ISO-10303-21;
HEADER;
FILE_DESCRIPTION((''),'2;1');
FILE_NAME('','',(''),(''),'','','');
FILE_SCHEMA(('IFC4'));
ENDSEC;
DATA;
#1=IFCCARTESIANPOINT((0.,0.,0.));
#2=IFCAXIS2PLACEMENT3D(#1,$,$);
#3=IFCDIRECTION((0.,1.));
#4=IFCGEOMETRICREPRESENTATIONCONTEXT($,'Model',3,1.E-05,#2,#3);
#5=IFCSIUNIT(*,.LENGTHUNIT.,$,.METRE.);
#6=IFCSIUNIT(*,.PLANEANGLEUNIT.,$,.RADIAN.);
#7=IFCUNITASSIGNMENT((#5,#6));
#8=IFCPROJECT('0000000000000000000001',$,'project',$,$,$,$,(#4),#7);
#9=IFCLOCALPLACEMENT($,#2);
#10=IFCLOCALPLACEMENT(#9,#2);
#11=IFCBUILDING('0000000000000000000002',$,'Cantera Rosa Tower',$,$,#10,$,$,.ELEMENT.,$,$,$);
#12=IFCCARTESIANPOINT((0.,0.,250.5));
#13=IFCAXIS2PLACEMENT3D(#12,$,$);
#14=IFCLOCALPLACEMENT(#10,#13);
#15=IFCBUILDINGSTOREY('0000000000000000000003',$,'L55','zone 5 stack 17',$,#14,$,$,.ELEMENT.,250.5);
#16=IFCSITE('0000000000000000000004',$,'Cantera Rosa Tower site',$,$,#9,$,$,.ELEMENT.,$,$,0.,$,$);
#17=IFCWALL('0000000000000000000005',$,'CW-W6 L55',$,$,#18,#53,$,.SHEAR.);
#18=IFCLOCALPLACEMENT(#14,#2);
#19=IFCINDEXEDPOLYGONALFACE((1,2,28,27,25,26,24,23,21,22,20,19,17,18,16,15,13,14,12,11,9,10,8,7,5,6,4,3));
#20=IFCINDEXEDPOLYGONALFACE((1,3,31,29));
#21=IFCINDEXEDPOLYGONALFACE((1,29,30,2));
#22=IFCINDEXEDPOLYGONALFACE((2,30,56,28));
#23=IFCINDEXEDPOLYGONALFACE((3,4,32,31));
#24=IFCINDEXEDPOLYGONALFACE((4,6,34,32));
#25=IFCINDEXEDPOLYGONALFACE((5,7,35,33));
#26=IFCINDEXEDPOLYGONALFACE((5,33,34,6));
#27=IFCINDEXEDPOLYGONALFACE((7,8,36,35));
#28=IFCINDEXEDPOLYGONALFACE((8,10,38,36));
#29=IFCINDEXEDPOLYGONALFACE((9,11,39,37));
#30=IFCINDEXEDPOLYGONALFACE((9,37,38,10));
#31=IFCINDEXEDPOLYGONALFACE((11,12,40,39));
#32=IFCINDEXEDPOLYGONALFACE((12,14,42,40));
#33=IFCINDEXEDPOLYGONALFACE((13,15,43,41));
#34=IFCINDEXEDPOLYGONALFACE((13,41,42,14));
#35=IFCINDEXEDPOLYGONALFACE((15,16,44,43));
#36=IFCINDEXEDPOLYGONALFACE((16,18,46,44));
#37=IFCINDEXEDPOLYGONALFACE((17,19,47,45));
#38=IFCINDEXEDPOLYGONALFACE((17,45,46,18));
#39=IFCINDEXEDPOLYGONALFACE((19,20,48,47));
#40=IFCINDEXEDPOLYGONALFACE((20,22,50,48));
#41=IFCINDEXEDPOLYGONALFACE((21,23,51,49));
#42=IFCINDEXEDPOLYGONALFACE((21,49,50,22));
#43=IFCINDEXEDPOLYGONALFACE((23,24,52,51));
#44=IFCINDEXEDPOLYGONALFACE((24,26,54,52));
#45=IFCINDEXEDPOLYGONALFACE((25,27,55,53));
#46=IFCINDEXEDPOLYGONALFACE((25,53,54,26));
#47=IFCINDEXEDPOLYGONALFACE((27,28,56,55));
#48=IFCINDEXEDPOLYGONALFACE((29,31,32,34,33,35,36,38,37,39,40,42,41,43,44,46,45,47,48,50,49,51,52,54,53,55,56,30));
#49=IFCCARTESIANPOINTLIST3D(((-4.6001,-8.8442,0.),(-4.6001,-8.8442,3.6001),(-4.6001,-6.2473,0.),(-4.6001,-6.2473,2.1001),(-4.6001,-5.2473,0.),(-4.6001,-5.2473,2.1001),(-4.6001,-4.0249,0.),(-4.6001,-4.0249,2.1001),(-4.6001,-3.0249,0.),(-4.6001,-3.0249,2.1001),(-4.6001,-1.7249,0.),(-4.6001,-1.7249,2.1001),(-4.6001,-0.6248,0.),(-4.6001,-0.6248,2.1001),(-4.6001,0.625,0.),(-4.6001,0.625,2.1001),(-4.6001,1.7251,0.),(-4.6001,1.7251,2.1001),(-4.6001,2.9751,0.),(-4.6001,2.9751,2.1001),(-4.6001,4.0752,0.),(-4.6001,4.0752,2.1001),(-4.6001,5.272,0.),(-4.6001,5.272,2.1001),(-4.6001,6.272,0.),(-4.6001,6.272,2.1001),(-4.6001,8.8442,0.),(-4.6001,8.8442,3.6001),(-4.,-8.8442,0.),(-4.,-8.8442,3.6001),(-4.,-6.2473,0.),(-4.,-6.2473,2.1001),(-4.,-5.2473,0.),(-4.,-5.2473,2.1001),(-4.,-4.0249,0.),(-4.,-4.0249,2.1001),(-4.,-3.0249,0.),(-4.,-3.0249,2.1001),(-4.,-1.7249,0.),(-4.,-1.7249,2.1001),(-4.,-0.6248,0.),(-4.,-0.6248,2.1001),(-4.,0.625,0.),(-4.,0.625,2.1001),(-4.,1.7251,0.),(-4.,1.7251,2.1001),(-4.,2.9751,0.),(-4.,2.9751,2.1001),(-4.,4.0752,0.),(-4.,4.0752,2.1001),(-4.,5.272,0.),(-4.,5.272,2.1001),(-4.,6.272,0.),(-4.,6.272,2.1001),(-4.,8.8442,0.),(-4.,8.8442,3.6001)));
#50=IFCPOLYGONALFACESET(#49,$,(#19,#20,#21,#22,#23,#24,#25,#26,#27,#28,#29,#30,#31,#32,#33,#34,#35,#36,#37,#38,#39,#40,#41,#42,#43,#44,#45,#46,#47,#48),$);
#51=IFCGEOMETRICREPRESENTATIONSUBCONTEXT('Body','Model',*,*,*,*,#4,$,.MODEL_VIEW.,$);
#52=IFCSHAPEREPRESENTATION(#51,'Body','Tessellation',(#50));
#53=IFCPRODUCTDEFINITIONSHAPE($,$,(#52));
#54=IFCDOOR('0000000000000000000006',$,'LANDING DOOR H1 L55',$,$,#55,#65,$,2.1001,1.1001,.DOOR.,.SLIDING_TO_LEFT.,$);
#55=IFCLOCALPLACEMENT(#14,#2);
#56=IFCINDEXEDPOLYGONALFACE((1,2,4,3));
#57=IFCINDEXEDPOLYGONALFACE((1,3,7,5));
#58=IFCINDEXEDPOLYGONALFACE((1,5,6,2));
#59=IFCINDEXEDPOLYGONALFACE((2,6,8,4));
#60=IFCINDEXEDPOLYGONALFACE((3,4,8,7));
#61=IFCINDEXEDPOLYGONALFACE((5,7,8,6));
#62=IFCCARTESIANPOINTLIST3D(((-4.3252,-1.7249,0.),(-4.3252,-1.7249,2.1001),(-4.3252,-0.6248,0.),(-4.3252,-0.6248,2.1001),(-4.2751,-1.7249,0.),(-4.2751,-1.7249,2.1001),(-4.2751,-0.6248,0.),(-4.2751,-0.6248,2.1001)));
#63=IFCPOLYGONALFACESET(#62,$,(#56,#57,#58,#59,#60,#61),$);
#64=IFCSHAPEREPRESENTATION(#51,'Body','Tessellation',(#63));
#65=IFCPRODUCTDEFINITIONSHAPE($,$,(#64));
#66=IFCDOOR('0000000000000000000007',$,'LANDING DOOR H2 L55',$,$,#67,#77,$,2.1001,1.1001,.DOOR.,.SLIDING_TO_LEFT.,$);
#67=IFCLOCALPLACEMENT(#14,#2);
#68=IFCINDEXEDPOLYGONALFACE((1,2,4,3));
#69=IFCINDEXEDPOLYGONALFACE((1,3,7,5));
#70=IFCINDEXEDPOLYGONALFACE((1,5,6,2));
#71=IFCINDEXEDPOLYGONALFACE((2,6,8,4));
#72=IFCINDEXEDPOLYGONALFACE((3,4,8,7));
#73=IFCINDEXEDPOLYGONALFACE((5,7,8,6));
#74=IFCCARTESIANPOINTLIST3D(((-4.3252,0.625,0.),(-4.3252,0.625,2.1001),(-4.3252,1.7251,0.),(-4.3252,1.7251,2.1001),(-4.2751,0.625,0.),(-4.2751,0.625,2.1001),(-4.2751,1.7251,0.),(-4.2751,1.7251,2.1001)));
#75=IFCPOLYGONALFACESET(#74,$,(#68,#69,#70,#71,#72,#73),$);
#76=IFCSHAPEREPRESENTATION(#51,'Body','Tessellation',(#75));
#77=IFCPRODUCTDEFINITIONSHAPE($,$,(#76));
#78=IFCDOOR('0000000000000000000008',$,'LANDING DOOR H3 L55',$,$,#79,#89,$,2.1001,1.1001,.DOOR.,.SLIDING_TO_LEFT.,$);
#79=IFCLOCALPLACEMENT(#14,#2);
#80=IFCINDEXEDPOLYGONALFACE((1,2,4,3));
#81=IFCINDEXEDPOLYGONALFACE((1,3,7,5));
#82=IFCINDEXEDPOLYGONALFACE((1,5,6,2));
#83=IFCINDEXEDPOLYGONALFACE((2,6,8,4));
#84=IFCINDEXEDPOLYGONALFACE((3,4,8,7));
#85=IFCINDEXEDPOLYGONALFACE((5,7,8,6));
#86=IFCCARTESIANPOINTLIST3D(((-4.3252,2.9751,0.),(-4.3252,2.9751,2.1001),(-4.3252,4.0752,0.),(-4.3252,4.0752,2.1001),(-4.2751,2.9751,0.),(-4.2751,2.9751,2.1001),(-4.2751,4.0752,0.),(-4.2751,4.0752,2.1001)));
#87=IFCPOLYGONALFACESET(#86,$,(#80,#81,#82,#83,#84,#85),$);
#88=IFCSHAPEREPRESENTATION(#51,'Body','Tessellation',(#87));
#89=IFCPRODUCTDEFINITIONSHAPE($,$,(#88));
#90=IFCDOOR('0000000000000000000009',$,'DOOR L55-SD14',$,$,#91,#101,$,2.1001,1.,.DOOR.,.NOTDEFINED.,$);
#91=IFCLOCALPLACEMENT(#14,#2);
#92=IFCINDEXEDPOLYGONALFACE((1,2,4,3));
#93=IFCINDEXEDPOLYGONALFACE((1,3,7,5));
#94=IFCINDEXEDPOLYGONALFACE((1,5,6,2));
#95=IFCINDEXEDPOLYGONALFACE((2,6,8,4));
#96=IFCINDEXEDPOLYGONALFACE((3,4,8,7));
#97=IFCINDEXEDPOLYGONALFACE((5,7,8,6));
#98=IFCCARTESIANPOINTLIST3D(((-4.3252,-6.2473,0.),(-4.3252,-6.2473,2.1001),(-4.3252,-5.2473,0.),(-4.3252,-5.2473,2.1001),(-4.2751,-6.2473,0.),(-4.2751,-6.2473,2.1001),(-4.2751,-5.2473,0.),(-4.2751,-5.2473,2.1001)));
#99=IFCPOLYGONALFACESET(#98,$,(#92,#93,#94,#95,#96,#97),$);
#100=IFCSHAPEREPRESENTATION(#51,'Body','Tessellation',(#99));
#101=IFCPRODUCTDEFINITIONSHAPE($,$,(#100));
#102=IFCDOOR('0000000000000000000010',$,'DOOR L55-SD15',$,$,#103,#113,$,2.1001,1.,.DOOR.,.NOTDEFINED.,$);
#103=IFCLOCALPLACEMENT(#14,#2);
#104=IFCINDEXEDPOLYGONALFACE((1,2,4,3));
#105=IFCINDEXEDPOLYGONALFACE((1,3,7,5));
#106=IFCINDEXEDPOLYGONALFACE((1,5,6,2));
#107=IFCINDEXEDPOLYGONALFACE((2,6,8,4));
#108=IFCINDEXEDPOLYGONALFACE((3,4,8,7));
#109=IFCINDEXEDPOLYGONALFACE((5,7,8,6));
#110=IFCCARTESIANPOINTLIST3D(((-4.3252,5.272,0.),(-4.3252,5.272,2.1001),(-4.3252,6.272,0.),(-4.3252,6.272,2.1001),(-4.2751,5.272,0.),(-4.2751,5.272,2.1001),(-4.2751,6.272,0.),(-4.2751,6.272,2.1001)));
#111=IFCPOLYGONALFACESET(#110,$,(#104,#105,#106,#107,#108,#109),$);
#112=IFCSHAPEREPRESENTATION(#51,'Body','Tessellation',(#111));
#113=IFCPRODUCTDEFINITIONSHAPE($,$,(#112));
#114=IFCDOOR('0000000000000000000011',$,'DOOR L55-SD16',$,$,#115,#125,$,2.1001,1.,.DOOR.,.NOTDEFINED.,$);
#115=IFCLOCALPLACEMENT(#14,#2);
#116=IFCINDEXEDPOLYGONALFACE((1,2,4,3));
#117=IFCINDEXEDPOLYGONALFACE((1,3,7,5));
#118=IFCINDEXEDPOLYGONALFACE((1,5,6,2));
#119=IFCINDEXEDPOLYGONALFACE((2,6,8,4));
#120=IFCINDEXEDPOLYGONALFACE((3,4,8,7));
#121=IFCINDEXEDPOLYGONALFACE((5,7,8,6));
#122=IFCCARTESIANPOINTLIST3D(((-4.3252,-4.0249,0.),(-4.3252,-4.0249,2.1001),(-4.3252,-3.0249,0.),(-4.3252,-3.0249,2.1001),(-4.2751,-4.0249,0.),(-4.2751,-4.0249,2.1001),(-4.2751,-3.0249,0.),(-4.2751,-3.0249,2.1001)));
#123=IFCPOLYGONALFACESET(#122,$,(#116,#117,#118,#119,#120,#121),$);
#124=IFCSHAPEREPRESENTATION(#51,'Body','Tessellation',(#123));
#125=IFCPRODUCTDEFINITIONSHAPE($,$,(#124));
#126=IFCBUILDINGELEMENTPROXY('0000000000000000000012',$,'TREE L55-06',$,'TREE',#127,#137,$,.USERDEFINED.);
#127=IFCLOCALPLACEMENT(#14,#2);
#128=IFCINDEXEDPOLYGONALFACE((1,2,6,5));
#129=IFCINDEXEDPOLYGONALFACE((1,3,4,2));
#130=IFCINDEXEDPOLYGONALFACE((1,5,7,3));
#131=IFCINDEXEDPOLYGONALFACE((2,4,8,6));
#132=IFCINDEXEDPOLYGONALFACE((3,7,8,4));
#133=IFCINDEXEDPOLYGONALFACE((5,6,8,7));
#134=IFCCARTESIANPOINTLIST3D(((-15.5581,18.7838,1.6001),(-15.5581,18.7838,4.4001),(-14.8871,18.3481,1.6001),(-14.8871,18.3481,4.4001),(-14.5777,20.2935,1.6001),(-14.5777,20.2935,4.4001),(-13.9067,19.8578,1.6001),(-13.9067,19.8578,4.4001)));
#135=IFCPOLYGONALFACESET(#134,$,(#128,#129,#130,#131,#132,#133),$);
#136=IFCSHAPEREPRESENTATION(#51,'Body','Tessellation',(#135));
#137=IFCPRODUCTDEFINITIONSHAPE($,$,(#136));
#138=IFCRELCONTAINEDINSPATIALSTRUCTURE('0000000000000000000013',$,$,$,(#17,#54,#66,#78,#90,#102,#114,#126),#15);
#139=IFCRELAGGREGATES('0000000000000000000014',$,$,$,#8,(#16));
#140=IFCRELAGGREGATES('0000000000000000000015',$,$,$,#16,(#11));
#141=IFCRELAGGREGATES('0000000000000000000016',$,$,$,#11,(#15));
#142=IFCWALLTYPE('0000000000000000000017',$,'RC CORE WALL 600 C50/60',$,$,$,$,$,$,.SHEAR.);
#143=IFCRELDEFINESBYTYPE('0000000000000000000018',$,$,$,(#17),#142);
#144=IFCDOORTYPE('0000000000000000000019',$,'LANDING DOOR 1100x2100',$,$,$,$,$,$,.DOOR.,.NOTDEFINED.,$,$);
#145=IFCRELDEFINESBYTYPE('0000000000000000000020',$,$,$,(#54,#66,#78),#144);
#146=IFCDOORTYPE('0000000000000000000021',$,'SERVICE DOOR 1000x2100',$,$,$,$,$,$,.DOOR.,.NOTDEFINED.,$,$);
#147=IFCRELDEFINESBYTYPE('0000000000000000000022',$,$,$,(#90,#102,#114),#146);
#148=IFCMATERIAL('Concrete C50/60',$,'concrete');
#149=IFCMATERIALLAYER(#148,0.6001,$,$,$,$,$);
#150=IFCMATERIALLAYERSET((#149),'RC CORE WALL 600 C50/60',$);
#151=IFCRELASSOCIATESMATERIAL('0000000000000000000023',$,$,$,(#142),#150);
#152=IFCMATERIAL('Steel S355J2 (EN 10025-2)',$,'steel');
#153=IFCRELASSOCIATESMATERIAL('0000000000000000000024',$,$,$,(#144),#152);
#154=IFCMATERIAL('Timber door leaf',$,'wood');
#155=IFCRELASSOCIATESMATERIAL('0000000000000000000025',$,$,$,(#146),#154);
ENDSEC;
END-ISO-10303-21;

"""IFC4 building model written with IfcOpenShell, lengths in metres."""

from ifc_helpers import new_model, si_unit, direction, frame, frame_2d, origin, origin_2d, place, context, subcontext, project, spatial, rectangle, extrude, material, layer, layer_set, type_object, element, fill, save


model = new_model("IFC4")

# Units and contexts
model_context = context("Model", 3, precision=1e-05, world=origin(), true_north=direction((0.0, 1.0)))
body_context = subcontext(model_context, "Body", "Model", "MODEL_VIEW")
ifc_project = project(units=[si_unit("LENGTHUNIT", "METRE"), si_unit("PLANEANGLEUNIT", "RADIAN")], contexts=[model_context])

# Site, building, storey
site_placement = place(None, origin())
site = spatial("IfcSite", under=ifc_project, at=site_placement, Name="Cantera Rosa Tower site", CompositionType="ELEMENT", RefElevation=0.0)
building_placement = place(site_placement, origin())
building = spatial("IfcBuilding", under=site, at=building_placement, Name="Cantera Rosa Tower", CompositionType="ELEMENT")
storey_placement = place(building_placement, frame((0.0, 0.0, 250.5)))
storey = spatial("IfcBuildingStorey", under=building, at=storey_placement, Name="L55", Description="zone 5 stack 17", CompositionType="ELEMENT", Elevation=250.5)

# Wall, openings, doors
ifc_material_1 = material(Name="Concrete C50/60", Category="concrete")
ifc_layer_1 = layer(ifc_material_1, 0.6001)
ifc_layer_set_1 = layer_set([ifc_layer_1], Name="RC CORE WALL 600 C50/60")
wall_type_1 = type_object("IfcWallType", Name="RC CORE WALL 600 C50/60", PredefinedType="SHEAR", material=ifc_layer_set_1)
wall_1_placement = place(storey_placement, frame((-4.3, 8.8442, 0.0), z_axis=(0.0, 0.0, 1.0), x_axis=(0.0, -1.0, 0.0)))
wall_1 = element("IfcWall", 1, at=wall_1_placement, inside=storey, type_object=wall_type_1, Name="CW-W6 L55", PredefinedType="SHEAR", context=body_context, shape_type="SweptSolid", body=[
    extrude(rectangle(XDim=17.6885, YDim=0.6001, at=frame_2d((8.8442, 0.0))), origin(), (0.0, 0.0, 1.0), 3.6001),
])
opening_1_placement = place(wall_1_placement, frame((9.469, 0.0, 0.0)))
opening_1 = element("IfcOpeningElement", 2, at=opening_1_placement, cuts=wall_1, PredefinedType="OPENING", context=body_context, shape_type="SweptSolid", body=[
    extrude(rectangle(XDim=1.1001, YDim=2.1001, at=frame_2d((0.55, 1.05))), frame((0.0, 0.3101, 0.0), z_axis=(0.0, -1.0, 0.0), x_axis=(1.0, 0.0, 0.0)), (0.0, 0.0, 1.0), 0.6201),
])
opening_2_placement = place(wall_1_placement, frame((7.1191, 0.0, 0.0)))
opening_2 = element("IfcOpeningElement", 3, at=opening_2_placement, cuts=wall_1, PredefinedType="OPENING", context=body_context, shape_type="SweptSolid", body=[
    extrude(rectangle(XDim=1.1001, YDim=2.1001, at=frame_2d((0.55, 1.05))), frame((0.0, 0.3101, 0.0), z_axis=(0.0, -1.0, 0.0), x_axis=(1.0, 0.0, 0.0)), (0.0, 0.0, 1.0), 0.6201),
])
opening_3_placement = place(wall_1_placement, frame((4.769, 0.0, 0.0)))
opening_3 = element("IfcOpeningElement", 4, at=opening_3_placement, cuts=wall_1, PredefinedType="OPENING", context=body_context, shape_type="SweptSolid", body=[
    extrude(rectangle(XDim=1.1001, YDim=2.1001, at=frame_2d((0.55, 1.05))), frame((0.0, 0.3101, 0.0), z_axis=(0.0, -1.0, 0.0), x_axis=(1.0, 0.0, 0.0)), (0.0, 0.0, 1.0), 0.6201),
])
opening_4_placement = place(wall_1_placement, frame((14.0916, 0.0, 0.0)))
opening_4 = element("IfcOpeningElement", 5, at=opening_4_placement, cuts=wall_1, PredefinedType="OPENING", context=body_context, shape_type="SweptSolid", body=[
    extrude(rectangle(XDim=1.0, YDim=2.1001, at=frame_2d((0.5, 1.05))), frame((0.0, 0.3101, 0.0), z_axis=(0.0, -1.0, 0.0), x_axis=(1.0, 0.0, 0.0)), (0.0, 0.0, 1.0), 0.6201),
])
opening_5_placement = place(wall_1_placement, frame((2.5723, 0.0, 0.0)))
opening_5 = element("IfcOpeningElement", 6, at=opening_5_placement, cuts=wall_1, PredefinedType="OPENING", context=body_context, shape_type="SweptSolid", body=[
    extrude(rectangle(XDim=1.0, YDim=2.1001, at=frame_2d((0.5, 1.05))), frame((0.0, 0.3101, 0.0), z_axis=(0.0, -1.0, 0.0), x_axis=(1.0, 0.0, 0.0)), (0.0, 0.0, 1.0), 0.6201),
])
opening_6_placement = place(wall_1_placement, frame((11.8691, 0.0, 0.0)))
opening_6 = element("IfcOpeningElement", 7, at=opening_6_placement, cuts=wall_1, PredefinedType="OPENING", context=body_context, shape_type="SweptSolid", body=[
    extrude(rectangle(XDim=1.0, YDim=2.1001, at=frame_2d((0.5, 1.05))), frame((0.0, 0.3101, 0.0), z_axis=(0.0, -1.0, 0.0), x_axis=(1.0, 0.0, 0.0)), (0.0, 0.0, 1.0), 0.6201),
])
ifc_material_2 = material(Name="Steel S355J2 (EN 10025-2)", Category="steel")
door_type_1 = type_object("IfcDoorType", Name="LANDING DOOR 1100x2100", OperationType="NOTDEFINED", PredefinedType="DOOR", material=ifc_material_2)
door_1_placement = place(opening_1_placement, origin())
door_1 = element("IfcDoor", 8, at=door_1_placement, inside=storey, type_object=door_type_1, Name="LANDING DOOR H1 L55", OperationType="SLIDING_TO_LEFT", OverallHeight=2.1001, OverallWidth=1.1001, PredefinedType="DOOR", context=body_context, shape_type="SweptSolid", body=[
    extrude(rectangle(XDim=1.1001, YDim=2.1001, at=frame_2d((0.55, 1.05))), frame((0.0, 0.0249, 0.0), z_axis=(0.0, -1.0, 0.0), x_axis=(1.0, 0.0, 0.0)), (0.0, 0.0, 1.0), 0.05),
])
fill(opening_1, door_1)
door_2_placement = place(opening_2_placement, origin())
door_2 = element("IfcDoor", 9, at=door_2_placement, inside=storey, type_object=door_type_1, Name="LANDING DOOR H2 L55", OperationType="SLIDING_TO_LEFT", OverallHeight=2.1001, OverallWidth=1.1001, PredefinedType="DOOR", context=body_context, shape_type="SweptSolid", body=[
    extrude(rectangle(XDim=1.1001, YDim=2.1001, at=frame_2d((0.55, 1.05))), frame((0.0, 0.0249, 0.0), z_axis=(0.0, -1.0, 0.0), x_axis=(1.0, 0.0, 0.0)), (0.0, 0.0, 1.0), 0.05),
])
fill(opening_2, door_2)
door_3_placement = place(opening_3_placement, origin())
door_3 = element("IfcDoor", 10, at=door_3_placement, inside=storey, type_object=door_type_1, Name="LANDING DOOR H3 L55", OperationType="SLIDING_TO_LEFT", OverallHeight=2.1001, OverallWidth=1.1001, PredefinedType="DOOR", context=body_context, shape_type="SweptSolid", body=[
    extrude(rectangle(XDim=1.1001, YDim=2.1001, at=frame_2d((0.55, 1.05))), frame((0.0, 0.0249, 0.0), z_axis=(0.0, -1.0, 0.0), x_axis=(1.0, 0.0, 0.0)), (0.0, 0.0, 1.0), 0.05),
])
fill(opening_3, door_3)
ifc_material_3 = material(Name="Timber door leaf", Category="wood")
door_type_2 = type_object("IfcDoorType", Name="SERVICE DOOR 1000x2100", OperationType="NOTDEFINED", PredefinedType="DOOR", material=ifc_material_3)
door_4_placement = place(opening_4_placement, origin())
door_4 = element("IfcDoor", 11, at=door_4_placement, inside=storey, type_object=door_type_2, Name="DOOR L55-SD14", OperationType="NOTDEFINED", OverallHeight=2.1001, OverallWidth=1.0, PredefinedType="DOOR", context=body_context, shape_type="SweptSolid", body=[
    extrude(rectangle(XDim=1.0, YDim=2.1001, at=frame_2d((0.5, 1.05))), frame((0.0, 0.0249, 0.0), z_axis=(0.0, -1.0, 0.0), x_axis=(1.0, 0.0, 0.0)), (0.0, 0.0, 1.0), 0.05),
])
fill(opening_4, door_4)
door_5_placement = place(opening_5_placement, origin())
door_5 = element("IfcDoor", 12, at=door_5_placement, inside=storey, type_object=door_type_2, Name="DOOR L55-SD15", OperationType="NOTDEFINED", OverallHeight=2.1001, OverallWidth=1.0, PredefinedType="DOOR", context=body_context, shape_type="SweptSolid", body=[
    extrude(rectangle(XDim=1.0, YDim=2.1001, at=frame_2d((0.5, 1.05))), frame((0.0, 0.0249, 0.0), z_axis=(0.0, -1.0, 0.0), x_axis=(1.0, 0.0, 0.0)), (0.0, 0.0, 1.0), 0.05),
])
fill(opening_5, door_5)
door_6_placement = place(opening_6_placement, origin())
door_6 = element("IfcDoor", 13, at=door_6_placement, inside=storey, type_object=door_type_2, Name="DOOR L55-SD16", OperationType="NOTDEFINED", OverallHeight=2.1001, OverallWidth=1.0, PredefinedType="DOOR", context=body_context, shape_type="SweptSolid", body=[
    extrude(rectangle(XDim=1.0, YDim=2.1001, at=frame_2d((0.5, 1.05))), frame((0.0, 0.0249, 0.0), z_axis=(0.0, -1.0, 0.0), x_axis=(1.0, 0.0, 0.0)), (0.0, 0.0, 1.0), 0.05),
])
fill(opening_6, door_6)

# Building element proxy
proxy_placement = place(storey_placement, frame((-14.7324, 19.3208, 1.6001), z_axis=(0.0, 0.0, 1.0), x_axis=(-0.544639, -0.838671, 0.0)))
element("IfcBuildingElementProxy", 14, at=proxy_placement, inside=storey, Name="TREE L55-06", ObjectType="TREE", PredefinedType="USERDEFINED", context=body_context, shape_type="SweptSolid", body=[
    extrude(rectangle(XDim=1.8, YDim=0.8, at=origin_2d()), origin(), (0.0, 0.0, 1.0), 2.8),
])

save(model, "model.ifc")
